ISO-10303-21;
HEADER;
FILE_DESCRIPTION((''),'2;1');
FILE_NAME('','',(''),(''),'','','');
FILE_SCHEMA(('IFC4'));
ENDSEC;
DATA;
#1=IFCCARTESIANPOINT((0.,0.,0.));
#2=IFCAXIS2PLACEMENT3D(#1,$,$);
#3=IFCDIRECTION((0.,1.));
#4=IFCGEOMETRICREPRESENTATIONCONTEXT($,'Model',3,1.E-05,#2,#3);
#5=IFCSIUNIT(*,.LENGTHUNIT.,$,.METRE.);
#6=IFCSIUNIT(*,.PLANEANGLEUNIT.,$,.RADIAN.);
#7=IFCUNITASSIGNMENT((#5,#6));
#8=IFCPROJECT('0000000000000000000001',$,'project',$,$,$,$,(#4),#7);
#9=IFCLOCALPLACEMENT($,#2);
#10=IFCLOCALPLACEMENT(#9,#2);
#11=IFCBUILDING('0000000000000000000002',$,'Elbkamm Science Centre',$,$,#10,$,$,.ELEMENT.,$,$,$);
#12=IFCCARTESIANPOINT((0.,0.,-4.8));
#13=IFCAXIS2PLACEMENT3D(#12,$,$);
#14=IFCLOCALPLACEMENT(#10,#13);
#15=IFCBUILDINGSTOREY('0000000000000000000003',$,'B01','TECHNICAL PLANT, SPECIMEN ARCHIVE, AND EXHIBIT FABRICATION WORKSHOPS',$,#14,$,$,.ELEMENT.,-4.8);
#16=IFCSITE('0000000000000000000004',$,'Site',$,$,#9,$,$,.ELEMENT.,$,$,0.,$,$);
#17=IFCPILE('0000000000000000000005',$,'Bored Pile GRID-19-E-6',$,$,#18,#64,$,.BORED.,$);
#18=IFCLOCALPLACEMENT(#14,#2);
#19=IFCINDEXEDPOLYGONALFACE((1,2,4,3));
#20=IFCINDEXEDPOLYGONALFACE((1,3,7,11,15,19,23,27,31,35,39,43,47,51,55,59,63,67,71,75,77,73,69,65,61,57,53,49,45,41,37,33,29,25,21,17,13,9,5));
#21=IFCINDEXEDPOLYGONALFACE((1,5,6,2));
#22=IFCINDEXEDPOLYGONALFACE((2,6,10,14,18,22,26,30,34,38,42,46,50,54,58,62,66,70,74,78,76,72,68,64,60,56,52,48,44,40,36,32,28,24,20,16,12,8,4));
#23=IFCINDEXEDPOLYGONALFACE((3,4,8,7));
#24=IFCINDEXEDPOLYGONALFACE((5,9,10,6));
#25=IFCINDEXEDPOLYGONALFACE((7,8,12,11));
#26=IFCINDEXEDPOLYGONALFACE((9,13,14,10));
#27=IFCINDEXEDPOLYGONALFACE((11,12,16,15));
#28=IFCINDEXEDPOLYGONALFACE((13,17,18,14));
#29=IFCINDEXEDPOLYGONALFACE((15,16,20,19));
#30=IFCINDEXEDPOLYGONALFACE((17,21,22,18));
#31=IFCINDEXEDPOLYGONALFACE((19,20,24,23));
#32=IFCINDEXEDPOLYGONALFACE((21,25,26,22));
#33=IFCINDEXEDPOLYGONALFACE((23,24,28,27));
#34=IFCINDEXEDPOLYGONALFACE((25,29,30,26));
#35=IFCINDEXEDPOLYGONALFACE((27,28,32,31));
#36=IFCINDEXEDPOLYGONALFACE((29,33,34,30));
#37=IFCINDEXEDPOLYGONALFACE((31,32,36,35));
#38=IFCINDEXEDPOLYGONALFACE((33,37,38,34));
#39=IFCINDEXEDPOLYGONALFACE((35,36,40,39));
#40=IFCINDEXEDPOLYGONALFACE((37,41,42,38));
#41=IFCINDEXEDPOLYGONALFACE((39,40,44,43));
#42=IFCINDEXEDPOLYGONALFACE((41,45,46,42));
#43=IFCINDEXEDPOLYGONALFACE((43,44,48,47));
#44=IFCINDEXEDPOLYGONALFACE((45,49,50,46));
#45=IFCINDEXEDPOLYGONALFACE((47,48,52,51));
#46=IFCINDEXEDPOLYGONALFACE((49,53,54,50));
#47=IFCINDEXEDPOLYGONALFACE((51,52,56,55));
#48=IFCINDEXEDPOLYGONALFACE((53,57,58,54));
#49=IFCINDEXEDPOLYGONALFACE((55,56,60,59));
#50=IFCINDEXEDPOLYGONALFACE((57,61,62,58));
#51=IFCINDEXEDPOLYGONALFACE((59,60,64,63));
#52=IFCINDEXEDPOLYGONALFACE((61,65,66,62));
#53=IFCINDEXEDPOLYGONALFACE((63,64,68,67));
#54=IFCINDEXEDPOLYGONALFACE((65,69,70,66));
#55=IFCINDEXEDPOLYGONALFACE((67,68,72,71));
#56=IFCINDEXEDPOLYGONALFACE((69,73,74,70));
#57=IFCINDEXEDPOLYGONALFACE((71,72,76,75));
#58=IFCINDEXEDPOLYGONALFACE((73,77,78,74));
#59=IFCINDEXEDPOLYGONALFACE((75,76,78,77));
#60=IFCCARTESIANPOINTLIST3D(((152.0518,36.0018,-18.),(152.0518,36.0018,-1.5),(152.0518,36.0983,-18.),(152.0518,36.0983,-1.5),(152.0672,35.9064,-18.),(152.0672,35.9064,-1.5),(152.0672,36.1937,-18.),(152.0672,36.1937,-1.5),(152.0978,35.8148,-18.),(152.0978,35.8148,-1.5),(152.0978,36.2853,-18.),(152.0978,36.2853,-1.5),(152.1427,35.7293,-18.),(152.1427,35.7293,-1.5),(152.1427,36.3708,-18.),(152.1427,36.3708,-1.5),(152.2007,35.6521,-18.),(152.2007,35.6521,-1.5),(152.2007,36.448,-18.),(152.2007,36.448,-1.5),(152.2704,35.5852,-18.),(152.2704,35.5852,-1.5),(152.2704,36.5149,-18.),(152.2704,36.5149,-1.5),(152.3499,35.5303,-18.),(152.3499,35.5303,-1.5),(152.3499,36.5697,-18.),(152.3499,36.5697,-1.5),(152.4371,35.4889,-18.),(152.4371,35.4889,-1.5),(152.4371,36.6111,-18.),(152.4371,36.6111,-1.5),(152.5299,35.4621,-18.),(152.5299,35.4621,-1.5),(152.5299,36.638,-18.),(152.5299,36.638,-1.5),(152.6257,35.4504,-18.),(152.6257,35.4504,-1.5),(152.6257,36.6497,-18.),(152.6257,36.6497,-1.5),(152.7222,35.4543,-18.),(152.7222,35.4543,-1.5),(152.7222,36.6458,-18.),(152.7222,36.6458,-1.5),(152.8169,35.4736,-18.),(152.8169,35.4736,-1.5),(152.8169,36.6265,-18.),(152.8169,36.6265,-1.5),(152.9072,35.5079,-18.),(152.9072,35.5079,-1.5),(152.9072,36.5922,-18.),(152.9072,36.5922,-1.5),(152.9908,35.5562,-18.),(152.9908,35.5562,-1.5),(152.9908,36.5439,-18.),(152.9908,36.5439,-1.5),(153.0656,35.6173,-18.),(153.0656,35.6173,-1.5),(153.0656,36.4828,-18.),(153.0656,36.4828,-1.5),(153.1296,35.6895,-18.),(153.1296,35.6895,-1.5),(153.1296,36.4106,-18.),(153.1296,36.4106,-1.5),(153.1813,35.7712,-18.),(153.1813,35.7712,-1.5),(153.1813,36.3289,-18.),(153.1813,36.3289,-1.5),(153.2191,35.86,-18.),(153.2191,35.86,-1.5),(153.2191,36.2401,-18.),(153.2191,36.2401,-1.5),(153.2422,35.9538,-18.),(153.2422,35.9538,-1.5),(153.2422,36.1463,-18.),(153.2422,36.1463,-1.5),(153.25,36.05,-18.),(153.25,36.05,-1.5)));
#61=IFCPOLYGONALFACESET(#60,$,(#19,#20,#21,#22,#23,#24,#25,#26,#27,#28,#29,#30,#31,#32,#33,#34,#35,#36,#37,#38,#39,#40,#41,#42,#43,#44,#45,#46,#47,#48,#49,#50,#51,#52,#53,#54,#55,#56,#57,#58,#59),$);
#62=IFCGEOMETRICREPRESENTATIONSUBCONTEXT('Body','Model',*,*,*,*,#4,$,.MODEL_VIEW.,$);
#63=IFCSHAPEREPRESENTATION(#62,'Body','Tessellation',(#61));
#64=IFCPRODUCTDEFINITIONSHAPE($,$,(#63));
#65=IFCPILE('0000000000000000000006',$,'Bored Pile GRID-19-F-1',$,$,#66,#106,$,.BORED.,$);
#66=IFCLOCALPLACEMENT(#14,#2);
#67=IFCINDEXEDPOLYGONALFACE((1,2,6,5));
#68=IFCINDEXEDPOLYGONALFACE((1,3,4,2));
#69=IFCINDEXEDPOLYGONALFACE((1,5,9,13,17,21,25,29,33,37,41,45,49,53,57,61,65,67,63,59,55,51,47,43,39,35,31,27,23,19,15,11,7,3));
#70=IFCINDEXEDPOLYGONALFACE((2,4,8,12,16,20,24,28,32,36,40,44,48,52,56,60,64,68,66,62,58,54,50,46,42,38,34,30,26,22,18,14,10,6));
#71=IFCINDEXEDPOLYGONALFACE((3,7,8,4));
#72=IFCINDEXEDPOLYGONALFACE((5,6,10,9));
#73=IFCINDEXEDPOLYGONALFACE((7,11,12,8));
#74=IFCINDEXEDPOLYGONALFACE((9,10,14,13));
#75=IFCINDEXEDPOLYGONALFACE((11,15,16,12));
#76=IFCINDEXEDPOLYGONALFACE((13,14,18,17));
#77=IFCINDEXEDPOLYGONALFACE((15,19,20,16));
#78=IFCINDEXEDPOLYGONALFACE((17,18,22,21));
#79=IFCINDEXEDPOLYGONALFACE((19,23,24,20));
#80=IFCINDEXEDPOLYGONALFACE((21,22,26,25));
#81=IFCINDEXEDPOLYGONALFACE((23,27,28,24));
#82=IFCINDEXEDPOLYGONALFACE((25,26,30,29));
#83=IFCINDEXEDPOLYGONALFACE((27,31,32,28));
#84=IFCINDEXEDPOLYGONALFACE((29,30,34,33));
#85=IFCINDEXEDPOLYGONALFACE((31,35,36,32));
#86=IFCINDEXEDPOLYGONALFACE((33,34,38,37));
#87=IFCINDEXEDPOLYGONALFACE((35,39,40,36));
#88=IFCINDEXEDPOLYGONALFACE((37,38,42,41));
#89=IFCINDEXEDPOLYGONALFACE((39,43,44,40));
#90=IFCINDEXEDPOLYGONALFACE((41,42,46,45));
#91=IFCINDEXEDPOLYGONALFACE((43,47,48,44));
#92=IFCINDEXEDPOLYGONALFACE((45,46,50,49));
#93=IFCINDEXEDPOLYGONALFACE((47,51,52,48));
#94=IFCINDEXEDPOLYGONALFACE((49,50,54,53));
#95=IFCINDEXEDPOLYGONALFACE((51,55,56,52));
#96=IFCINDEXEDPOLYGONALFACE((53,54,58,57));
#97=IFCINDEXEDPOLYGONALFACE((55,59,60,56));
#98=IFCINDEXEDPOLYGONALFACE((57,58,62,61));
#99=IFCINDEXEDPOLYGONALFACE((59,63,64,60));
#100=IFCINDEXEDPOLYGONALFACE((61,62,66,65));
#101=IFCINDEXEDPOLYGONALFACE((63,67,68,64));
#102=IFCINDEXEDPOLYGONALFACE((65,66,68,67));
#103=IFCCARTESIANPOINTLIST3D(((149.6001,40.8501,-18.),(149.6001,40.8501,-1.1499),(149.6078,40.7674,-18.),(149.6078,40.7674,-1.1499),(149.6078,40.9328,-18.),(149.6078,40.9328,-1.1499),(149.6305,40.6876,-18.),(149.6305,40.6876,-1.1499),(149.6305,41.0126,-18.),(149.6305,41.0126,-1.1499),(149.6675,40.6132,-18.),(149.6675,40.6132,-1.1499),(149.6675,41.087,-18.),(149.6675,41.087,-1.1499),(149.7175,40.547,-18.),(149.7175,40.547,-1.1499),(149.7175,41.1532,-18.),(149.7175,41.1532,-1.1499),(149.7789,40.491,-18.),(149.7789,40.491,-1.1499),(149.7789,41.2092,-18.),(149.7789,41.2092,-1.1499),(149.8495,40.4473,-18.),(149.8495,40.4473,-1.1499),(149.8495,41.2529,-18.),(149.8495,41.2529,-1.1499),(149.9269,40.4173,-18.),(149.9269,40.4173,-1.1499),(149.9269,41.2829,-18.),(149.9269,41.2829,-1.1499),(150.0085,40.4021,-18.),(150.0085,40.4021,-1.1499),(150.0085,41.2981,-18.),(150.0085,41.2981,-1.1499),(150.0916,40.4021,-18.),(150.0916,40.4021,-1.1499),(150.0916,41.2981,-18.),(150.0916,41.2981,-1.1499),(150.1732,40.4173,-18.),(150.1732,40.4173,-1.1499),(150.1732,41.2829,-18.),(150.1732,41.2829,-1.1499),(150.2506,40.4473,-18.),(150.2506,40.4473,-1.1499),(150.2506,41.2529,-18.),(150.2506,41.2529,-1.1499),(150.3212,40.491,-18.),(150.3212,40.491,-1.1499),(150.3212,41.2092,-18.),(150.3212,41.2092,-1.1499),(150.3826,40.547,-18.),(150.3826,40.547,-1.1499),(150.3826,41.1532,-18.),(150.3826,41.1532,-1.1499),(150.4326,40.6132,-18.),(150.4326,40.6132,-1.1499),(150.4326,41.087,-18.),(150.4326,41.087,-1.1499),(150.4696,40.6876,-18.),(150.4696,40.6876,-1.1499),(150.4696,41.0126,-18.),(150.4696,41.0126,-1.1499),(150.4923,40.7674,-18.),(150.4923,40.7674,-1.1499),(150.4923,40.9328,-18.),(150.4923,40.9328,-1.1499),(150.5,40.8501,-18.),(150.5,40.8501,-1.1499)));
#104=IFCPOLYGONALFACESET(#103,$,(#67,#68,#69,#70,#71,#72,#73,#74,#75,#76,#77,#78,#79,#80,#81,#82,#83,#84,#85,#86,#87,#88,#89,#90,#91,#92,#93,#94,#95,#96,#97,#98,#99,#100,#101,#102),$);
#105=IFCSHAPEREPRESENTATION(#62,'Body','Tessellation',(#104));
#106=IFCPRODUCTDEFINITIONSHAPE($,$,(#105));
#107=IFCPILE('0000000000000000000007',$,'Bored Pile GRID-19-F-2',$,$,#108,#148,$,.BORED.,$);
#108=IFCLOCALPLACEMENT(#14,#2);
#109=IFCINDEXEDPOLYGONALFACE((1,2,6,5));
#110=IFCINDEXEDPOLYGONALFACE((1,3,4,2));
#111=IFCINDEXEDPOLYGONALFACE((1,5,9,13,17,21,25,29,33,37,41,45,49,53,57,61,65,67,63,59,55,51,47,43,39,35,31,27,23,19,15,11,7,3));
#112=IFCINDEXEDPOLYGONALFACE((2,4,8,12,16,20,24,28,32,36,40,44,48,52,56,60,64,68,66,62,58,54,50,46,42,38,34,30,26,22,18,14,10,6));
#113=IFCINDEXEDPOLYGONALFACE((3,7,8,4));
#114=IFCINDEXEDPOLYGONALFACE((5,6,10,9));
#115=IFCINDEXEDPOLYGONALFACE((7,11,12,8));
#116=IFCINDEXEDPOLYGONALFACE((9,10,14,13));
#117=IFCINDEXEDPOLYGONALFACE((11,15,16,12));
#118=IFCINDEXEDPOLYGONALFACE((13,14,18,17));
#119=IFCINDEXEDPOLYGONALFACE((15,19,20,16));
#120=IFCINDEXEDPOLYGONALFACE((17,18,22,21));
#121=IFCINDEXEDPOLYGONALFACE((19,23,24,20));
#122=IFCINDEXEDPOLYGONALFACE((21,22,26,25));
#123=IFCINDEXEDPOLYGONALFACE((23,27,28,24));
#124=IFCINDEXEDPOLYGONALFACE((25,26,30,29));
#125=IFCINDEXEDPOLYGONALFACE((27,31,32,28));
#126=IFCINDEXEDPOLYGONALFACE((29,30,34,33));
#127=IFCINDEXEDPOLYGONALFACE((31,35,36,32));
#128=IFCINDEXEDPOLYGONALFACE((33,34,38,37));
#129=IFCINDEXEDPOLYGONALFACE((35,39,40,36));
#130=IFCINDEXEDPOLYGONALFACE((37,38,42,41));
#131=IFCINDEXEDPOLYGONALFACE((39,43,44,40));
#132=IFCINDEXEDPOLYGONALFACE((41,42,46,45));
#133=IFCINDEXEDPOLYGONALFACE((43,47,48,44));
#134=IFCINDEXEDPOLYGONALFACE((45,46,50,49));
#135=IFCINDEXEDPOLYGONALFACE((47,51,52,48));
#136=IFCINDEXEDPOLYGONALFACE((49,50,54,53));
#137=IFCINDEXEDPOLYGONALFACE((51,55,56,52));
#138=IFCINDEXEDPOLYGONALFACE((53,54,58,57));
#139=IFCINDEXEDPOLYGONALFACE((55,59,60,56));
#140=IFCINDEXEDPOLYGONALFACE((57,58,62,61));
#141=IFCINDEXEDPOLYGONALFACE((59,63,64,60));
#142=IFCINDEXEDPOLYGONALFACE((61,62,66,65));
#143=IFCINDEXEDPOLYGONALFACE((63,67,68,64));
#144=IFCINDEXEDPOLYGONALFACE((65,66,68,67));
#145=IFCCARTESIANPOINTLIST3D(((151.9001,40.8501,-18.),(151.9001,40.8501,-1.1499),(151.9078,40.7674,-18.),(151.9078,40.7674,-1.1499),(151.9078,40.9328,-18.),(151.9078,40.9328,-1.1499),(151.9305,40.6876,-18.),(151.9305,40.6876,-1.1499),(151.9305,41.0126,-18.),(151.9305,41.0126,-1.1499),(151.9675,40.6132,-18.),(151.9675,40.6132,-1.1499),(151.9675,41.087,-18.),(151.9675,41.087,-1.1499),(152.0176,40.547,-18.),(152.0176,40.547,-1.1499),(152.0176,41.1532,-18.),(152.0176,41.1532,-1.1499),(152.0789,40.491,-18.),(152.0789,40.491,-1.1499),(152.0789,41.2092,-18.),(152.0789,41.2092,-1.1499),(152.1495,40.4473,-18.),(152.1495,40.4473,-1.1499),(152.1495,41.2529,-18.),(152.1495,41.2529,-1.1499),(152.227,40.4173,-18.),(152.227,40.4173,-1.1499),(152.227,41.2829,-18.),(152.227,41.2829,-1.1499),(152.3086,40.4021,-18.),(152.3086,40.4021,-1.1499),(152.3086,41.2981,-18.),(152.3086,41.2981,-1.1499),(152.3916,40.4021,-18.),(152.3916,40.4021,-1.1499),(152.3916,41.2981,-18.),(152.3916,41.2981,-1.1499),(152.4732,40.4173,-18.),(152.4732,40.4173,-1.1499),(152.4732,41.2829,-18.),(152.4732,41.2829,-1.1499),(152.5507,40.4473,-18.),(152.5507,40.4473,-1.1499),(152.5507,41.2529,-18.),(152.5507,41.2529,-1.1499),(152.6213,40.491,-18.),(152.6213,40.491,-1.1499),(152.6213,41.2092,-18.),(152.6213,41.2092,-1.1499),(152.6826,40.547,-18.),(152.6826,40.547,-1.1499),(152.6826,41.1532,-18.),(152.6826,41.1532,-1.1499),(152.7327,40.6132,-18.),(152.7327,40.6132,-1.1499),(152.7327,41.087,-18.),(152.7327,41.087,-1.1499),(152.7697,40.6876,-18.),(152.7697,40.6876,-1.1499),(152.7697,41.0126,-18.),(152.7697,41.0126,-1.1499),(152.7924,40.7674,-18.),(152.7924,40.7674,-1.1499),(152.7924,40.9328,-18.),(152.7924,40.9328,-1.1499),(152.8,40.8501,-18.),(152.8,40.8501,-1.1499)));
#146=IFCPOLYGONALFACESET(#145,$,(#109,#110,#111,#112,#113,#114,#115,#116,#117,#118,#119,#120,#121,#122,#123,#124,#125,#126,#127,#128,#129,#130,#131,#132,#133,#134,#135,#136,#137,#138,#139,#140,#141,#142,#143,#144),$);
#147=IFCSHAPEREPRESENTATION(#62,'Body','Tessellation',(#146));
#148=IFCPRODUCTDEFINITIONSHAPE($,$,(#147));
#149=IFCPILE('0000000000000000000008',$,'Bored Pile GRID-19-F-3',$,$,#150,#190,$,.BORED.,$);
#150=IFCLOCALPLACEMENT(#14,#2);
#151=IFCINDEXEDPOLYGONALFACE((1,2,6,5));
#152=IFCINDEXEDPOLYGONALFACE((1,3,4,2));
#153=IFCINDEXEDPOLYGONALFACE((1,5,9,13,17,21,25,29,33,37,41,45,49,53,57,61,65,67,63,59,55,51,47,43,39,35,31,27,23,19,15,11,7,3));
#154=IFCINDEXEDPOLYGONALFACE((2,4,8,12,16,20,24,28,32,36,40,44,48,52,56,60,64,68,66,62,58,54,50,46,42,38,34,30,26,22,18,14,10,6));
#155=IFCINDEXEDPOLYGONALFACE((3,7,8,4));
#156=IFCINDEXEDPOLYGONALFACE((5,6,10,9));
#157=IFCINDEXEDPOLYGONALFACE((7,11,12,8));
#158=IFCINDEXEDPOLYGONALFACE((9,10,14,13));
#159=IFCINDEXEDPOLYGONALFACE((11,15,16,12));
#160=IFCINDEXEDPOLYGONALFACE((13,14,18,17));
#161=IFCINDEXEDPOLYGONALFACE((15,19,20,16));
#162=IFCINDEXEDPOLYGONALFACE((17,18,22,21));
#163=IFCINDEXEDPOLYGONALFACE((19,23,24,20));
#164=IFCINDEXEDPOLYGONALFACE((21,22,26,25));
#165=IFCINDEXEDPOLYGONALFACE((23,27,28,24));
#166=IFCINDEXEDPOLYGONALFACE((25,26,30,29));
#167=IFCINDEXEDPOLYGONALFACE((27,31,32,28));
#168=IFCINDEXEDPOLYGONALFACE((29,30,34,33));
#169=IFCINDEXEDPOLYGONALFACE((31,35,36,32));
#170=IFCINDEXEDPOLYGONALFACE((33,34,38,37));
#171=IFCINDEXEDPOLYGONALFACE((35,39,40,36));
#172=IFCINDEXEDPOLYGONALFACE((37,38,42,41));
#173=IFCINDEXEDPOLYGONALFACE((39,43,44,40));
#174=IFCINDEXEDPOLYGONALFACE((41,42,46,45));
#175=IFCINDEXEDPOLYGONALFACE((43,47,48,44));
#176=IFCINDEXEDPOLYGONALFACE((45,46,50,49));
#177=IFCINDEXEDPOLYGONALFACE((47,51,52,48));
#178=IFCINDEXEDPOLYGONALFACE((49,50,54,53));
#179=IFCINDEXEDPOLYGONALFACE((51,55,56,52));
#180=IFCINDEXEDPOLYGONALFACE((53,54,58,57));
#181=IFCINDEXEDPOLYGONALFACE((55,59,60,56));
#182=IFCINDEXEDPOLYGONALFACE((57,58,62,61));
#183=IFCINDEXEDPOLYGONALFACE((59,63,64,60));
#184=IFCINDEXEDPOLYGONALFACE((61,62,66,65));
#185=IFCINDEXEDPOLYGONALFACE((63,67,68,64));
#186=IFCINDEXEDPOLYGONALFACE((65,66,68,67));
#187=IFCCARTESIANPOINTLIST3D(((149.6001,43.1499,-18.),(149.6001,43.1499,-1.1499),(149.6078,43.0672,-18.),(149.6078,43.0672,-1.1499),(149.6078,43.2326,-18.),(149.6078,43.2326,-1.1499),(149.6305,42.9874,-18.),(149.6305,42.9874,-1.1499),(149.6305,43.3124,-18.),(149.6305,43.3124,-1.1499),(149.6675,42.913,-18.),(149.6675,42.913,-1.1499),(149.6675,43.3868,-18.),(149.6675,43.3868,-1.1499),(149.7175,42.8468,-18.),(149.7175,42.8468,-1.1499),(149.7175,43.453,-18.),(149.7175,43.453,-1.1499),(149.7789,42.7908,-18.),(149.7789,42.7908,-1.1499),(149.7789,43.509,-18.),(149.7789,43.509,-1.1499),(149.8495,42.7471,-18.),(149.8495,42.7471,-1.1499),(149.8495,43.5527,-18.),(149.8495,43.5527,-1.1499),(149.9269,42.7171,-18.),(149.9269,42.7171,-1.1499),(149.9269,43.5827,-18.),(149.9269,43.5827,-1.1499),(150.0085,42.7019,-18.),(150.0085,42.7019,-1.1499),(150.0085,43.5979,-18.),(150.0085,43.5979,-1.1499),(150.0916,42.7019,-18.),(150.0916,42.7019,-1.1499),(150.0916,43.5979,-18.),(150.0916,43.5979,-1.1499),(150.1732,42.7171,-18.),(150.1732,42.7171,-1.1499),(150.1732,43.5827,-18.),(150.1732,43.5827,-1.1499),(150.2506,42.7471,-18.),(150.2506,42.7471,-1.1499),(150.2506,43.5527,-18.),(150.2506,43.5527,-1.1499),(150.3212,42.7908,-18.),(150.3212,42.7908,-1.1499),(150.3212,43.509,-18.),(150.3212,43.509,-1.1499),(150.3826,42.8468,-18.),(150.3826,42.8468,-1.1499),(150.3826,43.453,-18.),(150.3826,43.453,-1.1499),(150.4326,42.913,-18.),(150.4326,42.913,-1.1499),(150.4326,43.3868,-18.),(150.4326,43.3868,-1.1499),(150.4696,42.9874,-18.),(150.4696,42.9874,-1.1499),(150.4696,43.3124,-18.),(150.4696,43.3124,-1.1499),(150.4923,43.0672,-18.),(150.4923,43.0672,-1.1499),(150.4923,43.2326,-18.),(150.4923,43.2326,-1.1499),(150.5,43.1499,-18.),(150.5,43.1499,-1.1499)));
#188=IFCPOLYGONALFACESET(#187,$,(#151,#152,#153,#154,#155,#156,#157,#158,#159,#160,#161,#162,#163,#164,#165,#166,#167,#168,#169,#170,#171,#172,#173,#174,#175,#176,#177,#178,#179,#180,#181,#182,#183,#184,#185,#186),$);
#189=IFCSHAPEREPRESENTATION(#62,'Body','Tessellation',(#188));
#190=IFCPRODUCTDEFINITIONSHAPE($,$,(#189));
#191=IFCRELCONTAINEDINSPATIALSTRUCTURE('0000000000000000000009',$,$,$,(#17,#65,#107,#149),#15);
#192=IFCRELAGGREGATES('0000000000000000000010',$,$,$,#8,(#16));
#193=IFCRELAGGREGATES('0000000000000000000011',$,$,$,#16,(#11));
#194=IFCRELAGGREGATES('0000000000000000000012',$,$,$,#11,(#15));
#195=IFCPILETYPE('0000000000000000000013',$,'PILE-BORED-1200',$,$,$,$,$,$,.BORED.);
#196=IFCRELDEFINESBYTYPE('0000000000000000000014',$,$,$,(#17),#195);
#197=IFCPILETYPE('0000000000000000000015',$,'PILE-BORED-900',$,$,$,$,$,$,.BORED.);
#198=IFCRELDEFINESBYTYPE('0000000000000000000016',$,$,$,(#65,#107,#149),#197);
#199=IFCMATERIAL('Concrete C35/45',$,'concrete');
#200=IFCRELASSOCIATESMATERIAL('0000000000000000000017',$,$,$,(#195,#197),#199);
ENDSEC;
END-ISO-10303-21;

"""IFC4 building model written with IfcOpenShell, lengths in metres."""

from ifc_helpers import new_model, si_unit, direction, frame, origin, origin_2d, place, context, subcontext, project, spatial, circle, extrude, material, material_profile, profile_set, type_object, element, save


model = new_model("IFC4")

# Units and contexts
model_context = context("Model", 3, precision=1e-05, world=origin(), true_north=direction((0.0, 1.0)))
body_context = subcontext(model_context, "Body", "Model", "MODEL_VIEW")
ifc_project = project(units=[si_unit("LENGTHUNIT", "METRE"), si_unit("PLANEANGLEUNIT", "RADIAN")], contexts=[model_context])

# Site, building, storey
site_placement = place(None, origin())
site = spatial("IfcSite", under=ifc_project, at=site_placement, Name="Site", CompositionType="ELEMENT", RefElevation=0.0)
building_placement = place(site_placement, origin())
building = spatial("IfcBuilding", under=site, at=building_placement, Name="Elbkamm Science Centre", CompositionType="ELEMENT")
storey_placement = place(building_placement, frame((0.0, 0.0, -4.8)))
storey = spatial("IfcBuildingStorey", under=building, at=storey_placement, Name="B01", Description="TECHNICAL PLANT, SPECIMEN ARCHIVE, AND EXHIBIT FABRICATION WORKSHOPS", CompositionType="ELEMENT", Elevation=-4.8)

# Shared definitions
ifc_material_1 = material(Name="Concrete C35/45", Category="concrete")

# Piles
ifc_material_profile_1 = material_profile(ifc_material_1, circle(Radius=0.6001, at=origin_2d()), Name="PILE D1200")
ifc_profile_set_1 = profile_set([ifc_material_profile_1], Name="Concrete C35/45")
pile_type_1 = type_object("IfcPileType", Name="PILE-BORED-1200", PredefinedType="BORED", material=ifc_profile_set_1)
for number, where, z_axis, x_axis, name in (
    (1, (152.6499, 36.05, -1.5), (0.0, 0.0, -1.0), (1.0, 0.0, 0.0), "Bored Pile GRID-19-E-6"),
):
    element("IfcPile", number, at=place(storey_placement, frame(where, z_axis=z_axis, x_axis=x_axis)), inside=storey, type_object=pile_type_1, Name=name, PredefinedType="BORED", context=body_context, shape_type="SweptSolid", body=[
        extrude(circle(Radius=0.6001, at=origin_2d()), origin(), (0.0, 0.0, 1.0), 16.5),
    ])
ifc_material_profile_2 = material_profile(ifc_material_1, circle(Radius=0.45, at=origin_2d()), Name="PILE D900")
ifc_profile_set_2 = profile_set([ifc_material_profile_2], Name="Concrete C35/45")
pile_type_2 = type_object("IfcPileType", Name="PILE-BORED-900", PredefinedType="BORED", material=ifc_profile_set_2)
for number, where, z_axis, x_axis, name in (
    (2, (150.05, 40.8501, -1.1499), (0.0, 0.0, -1.0), (1.0, 0.0, 0.0), "Bored Pile GRID-19-F-1"),
    (3, (152.3501, 40.8501, -1.1499), (0.0, 0.0, -1.0), (1.0, 0.0, 0.0), "Bored Pile GRID-19-F-2"),
    (4, (150.05, 43.1499, -1.1499), (0.0, 0.0, -1.0), (1.0, 0.0, 0.0), "Bored Pile GRID-19-F-3"),
):
    element("IfcPile", number, at=place(storey_placement, frame(where, z_axis=z_axis, x_axis=x_axis)), inside=storey, type_object=pile_type_2, Name=name, PredefinedType="BORED", context=body_context, shape_type="SweptSolid", body=[
        extrude(circle(Radius=0.45, at=origin_2d()), origin(), (0.0, 0.0, 1.0), 16.8501),
    ])

save(model, "model.ifc")
